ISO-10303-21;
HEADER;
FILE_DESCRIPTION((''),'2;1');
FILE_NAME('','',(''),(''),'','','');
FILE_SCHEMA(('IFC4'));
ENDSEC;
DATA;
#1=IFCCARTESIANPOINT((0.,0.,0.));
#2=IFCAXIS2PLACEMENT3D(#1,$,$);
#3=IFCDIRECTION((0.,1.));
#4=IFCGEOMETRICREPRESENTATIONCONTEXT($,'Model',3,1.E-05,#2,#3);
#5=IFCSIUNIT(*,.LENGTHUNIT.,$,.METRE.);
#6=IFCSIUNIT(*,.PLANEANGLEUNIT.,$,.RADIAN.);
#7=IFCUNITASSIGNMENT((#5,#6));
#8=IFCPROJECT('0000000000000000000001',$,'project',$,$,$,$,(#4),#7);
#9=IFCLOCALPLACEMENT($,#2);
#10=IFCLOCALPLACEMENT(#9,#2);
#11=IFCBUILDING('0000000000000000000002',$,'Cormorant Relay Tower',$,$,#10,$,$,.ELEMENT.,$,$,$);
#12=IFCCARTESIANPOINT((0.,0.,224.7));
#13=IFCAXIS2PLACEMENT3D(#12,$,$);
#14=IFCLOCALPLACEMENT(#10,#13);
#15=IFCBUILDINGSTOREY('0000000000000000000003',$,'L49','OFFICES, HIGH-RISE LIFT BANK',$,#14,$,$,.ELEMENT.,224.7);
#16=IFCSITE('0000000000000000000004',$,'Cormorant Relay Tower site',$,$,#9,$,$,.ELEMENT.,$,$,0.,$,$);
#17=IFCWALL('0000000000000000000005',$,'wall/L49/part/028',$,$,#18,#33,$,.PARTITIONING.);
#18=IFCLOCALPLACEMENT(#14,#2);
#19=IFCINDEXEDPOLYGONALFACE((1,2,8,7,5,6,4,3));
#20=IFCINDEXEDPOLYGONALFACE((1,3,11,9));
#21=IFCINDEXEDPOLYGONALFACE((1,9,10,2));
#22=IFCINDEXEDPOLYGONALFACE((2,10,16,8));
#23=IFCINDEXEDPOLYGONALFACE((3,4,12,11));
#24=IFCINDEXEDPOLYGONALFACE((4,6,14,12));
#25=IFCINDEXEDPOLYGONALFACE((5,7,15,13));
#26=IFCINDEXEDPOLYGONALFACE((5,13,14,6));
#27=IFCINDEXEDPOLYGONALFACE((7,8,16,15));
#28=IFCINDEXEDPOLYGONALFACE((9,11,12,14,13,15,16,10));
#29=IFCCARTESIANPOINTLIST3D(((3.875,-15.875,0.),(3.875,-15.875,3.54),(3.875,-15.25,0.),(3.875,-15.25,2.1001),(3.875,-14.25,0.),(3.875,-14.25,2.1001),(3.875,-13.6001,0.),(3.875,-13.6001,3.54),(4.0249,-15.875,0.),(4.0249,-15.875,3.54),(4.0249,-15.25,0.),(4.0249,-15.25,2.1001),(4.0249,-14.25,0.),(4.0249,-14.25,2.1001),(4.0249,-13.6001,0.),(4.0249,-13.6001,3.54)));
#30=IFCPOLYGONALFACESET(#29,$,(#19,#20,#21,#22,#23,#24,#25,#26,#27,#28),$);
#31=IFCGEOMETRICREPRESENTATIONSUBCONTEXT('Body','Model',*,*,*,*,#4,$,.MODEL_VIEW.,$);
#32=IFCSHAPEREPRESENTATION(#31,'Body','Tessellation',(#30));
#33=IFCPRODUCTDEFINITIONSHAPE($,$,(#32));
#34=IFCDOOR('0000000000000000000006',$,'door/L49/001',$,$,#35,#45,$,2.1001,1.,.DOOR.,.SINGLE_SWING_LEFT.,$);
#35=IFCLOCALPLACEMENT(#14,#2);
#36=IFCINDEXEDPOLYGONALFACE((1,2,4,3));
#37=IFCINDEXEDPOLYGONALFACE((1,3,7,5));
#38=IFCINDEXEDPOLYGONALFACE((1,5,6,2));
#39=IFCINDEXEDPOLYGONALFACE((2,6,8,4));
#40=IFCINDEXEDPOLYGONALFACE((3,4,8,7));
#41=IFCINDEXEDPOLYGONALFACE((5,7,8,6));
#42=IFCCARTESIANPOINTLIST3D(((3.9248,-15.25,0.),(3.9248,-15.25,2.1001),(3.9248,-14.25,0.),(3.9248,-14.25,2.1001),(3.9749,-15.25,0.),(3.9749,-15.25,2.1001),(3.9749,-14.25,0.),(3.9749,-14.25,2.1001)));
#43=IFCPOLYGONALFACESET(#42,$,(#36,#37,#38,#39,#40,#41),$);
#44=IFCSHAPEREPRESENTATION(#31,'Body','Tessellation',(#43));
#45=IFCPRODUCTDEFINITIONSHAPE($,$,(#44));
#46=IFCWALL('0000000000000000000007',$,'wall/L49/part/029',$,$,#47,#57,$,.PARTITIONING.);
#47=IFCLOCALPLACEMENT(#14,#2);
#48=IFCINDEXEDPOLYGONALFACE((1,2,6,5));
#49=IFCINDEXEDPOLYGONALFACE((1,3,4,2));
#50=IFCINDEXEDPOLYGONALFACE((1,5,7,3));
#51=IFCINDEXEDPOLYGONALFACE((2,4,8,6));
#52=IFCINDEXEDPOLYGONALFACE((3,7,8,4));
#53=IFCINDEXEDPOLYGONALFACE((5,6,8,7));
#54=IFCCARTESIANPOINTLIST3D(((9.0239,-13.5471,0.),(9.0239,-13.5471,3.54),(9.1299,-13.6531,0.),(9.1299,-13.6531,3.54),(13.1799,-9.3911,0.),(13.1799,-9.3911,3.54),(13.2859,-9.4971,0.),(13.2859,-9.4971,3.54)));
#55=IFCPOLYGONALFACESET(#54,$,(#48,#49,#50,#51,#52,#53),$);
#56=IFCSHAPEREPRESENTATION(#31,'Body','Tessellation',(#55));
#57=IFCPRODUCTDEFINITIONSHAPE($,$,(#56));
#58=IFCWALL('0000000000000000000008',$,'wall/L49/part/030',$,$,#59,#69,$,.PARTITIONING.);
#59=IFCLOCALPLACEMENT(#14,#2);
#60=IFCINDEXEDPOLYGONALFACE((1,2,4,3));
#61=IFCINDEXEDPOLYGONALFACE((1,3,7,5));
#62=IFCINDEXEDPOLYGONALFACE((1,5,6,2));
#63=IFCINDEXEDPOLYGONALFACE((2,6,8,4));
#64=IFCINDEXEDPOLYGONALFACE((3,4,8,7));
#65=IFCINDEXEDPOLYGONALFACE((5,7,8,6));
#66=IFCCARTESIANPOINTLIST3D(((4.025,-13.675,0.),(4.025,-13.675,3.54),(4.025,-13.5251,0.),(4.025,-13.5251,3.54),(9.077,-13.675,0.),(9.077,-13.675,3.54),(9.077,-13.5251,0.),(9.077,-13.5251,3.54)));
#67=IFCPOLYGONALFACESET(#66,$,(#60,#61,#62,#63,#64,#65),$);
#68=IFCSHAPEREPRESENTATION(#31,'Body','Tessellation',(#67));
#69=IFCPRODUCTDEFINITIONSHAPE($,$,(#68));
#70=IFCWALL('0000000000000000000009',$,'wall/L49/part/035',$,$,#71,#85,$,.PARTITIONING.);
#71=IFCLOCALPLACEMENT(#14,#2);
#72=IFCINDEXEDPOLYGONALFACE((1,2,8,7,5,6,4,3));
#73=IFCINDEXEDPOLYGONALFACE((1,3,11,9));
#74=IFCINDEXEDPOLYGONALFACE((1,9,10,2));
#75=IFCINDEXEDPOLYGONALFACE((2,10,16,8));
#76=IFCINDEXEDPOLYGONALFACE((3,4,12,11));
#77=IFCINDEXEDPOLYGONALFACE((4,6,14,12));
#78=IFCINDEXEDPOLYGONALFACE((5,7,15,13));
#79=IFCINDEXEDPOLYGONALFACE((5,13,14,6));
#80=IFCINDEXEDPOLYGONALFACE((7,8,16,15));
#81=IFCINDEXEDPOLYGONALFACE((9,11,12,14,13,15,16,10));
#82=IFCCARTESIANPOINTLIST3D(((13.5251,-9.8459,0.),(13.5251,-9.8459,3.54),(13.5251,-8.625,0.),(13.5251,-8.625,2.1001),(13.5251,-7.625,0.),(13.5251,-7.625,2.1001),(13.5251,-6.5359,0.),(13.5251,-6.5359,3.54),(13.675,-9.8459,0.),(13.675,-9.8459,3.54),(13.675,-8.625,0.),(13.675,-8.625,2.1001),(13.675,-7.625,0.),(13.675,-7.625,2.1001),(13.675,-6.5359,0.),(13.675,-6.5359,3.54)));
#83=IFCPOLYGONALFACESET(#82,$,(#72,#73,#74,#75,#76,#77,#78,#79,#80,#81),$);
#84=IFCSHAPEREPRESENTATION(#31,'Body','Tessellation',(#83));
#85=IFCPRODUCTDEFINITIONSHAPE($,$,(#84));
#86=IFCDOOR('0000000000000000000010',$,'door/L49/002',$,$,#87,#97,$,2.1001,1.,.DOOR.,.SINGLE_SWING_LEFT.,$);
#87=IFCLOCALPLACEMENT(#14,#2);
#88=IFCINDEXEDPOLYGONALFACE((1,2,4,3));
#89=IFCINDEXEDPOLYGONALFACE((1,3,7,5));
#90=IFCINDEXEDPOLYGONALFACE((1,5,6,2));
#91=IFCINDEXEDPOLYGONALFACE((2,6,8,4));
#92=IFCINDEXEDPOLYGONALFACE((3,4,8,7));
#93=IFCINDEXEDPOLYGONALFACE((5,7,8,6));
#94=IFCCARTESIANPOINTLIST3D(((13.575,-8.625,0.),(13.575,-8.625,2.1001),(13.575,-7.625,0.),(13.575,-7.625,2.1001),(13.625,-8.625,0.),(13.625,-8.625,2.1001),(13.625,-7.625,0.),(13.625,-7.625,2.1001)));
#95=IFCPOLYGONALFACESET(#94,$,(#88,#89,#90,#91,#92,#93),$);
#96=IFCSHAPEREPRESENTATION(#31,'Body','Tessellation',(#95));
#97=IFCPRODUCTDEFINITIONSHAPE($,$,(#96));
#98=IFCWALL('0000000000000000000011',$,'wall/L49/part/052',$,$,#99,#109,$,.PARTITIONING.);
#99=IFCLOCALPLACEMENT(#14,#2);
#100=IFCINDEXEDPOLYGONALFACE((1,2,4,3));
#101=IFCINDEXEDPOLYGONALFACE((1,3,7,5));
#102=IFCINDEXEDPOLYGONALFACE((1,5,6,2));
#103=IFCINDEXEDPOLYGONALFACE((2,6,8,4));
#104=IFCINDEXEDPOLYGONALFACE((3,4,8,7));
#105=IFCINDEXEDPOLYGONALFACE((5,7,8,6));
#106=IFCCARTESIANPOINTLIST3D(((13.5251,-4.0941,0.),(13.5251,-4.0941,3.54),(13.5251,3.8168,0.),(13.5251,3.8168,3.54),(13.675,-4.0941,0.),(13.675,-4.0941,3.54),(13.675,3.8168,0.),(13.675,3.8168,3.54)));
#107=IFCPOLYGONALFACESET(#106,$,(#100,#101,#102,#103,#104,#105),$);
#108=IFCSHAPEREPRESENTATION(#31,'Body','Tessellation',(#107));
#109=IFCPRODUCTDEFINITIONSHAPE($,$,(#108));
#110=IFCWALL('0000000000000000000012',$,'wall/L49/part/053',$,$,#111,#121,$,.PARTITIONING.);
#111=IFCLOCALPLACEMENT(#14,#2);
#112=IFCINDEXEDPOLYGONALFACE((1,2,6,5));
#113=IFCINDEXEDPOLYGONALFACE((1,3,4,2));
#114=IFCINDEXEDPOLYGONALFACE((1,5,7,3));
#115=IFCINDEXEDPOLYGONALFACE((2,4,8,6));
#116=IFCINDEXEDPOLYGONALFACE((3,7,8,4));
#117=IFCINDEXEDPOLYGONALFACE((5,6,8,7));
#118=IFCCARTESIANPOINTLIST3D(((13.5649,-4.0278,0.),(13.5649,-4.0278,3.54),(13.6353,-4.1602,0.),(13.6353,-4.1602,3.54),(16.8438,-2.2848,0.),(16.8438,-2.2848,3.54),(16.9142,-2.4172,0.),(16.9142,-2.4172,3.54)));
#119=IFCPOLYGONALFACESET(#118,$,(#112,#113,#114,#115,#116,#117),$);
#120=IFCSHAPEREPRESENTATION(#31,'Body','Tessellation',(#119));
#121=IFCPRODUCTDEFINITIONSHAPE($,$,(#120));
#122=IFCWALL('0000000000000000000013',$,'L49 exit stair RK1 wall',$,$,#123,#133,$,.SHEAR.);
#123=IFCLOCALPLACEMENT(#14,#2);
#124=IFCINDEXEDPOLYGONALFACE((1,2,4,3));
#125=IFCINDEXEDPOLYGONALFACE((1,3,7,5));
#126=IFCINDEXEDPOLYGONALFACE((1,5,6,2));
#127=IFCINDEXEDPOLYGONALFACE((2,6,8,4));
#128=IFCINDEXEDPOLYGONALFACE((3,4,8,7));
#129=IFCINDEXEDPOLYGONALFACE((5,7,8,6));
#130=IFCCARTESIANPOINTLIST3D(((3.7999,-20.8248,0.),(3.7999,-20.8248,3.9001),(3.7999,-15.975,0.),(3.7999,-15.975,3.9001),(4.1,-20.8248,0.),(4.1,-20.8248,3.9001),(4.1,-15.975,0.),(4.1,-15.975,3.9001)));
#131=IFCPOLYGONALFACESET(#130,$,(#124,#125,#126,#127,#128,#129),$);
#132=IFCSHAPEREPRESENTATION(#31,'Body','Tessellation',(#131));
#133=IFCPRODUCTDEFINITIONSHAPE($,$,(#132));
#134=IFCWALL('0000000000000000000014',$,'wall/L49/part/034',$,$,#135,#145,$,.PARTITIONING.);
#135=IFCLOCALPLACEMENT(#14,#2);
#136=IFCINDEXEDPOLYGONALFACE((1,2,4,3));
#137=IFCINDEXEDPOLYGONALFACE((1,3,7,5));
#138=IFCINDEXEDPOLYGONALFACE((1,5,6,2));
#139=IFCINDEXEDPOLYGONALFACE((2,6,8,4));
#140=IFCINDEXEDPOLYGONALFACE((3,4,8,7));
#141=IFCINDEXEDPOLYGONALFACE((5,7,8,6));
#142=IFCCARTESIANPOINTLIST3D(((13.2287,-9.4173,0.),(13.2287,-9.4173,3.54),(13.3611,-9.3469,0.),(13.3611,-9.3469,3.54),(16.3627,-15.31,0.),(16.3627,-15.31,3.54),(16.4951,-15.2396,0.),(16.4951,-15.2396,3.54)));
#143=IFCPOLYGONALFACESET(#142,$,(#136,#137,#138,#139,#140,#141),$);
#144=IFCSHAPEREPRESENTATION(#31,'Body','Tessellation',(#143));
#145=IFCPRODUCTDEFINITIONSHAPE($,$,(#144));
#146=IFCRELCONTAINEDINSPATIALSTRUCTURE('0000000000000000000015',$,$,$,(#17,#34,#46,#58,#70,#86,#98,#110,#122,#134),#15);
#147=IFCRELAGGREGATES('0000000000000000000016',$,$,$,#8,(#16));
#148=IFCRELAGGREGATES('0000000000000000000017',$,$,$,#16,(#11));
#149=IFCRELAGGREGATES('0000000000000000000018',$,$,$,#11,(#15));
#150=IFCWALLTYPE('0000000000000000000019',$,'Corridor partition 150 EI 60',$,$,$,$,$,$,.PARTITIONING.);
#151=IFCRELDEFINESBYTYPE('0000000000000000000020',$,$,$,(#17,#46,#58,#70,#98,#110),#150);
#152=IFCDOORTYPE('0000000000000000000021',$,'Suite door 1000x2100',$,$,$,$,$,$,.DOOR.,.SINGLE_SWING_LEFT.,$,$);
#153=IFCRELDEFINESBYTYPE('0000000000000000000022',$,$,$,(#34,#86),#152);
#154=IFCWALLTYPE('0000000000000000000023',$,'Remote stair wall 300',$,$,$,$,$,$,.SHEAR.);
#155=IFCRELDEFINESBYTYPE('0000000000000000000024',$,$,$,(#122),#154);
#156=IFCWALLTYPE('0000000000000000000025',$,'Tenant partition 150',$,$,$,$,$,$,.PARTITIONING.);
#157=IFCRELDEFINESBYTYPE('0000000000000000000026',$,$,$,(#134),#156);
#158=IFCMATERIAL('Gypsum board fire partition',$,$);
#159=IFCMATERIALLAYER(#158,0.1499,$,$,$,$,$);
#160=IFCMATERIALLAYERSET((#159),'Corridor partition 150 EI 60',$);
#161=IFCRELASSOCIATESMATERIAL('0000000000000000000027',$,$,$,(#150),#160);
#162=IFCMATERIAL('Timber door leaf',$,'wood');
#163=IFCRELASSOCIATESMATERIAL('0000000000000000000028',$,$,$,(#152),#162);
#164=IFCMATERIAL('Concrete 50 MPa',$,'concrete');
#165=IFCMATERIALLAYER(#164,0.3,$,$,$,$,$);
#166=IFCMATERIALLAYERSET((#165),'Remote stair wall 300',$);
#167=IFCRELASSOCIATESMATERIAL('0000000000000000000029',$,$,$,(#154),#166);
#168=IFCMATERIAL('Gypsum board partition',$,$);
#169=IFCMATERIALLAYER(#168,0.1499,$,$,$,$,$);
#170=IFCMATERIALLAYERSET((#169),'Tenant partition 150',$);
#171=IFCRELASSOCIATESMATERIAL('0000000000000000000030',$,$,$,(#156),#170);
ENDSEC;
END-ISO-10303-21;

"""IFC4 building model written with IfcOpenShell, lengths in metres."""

from ifc_helpers import new_model, si_unit, direction, frame, frame_2d, origin, place, context, subcontext, project, spatial, rectangle, extrude, material, layer, layer_set, type_object, element, fill, save


model = new_model("IFC4")

# Units and contexts
model_context = context("Model", 3, precision=1e-05, world=origin(), true_north=direction((0.0, 1.0)))
body_context = subcontext(model_context, "Body", "Model", "MODEL_VIEW")
ifc_project = project(units=[si_unit("LENGTHUNIT", "METRE"), si_unit("PLANEANGLEUNIT", "RADIAN")], contexts=[model_context])

# Site, building, storey
site_placement = place(None, origin())
site = spatial("IfcSite", under=ifc_project, at=site_placement, Name="Cormorant Relay Tower site", CompositionType="ELEMENT", RefElevation=0.0)
building_placement = place(site_placement, origin())
building = spatial("IfcBuilding", under=site, at=building_placement, Name="Cormorant Relay Tower", CompositionType="ELEMENT")
storey_placement = place(building_placement, frame((0.0, 0.0, 224.7)))
storey = spatial("IfcBuildingStorey", under=building, at=storey_placement, Name="L49", Description="OFFICES, HIGH-RISE LIFT BANK", CompositionType="ELEMENT", Elevation=224.7)

# Shared definitions
ifc_material_1 = material(Name="Gypsum board fire partition")
ifc_layer_1 = layer(ifc_material_1, 0.1499)
ifc_layer_set_1 = layer_set([ifc_layer_1], Name="Corridor partition 150 EI 60")
wall_type_1 = type_object("IfcWallType", Name="Corridor partition 150 EI 60", PredefinedType="PARTITIONING", material=ifc_layer_set_1)

# Wall, opening, door
wall_1_placement = place(storey_placement, frame((3.95, -13.6001, 0.0), z_axis=(0.0, 0.0, 1.0), x_axis=(0.0, -1.0, 0.0)))
wall_1 = element("IfcWall", 1, at=wall_1_placement, inside=storey, type_object=wall_type_1, Name="wall/L49/part/028", PredefinedType="PARTITIONING", context=body_context, shape_type="SweptSolid", body=[
    extrude(rectangle(XDim=2.2749, YDim=0.1499, at=frame_2d((1.1375, 0.0))), origin(), (0.0, 0.0, 1.0), 3.54),
])
opening_1_placement = place(wall_1_placement, frame((0.6499, 0.0, 0.0)))
opening_1 = element("IfcOpeningElement", 2, at=opening_1_placement, cuts=wall_1, PredefinedType="OPENING", context=body_context, shape_type="SweptSolid", body=[
    extrude(rectangle(XDim=1.0, YDim=2.1001, at=frame_2d((0.5, 1.05))), frame((0.0, 0.085, 0.0), z_axis=(0.0, -1.0, 0.0), x_axis=(1.0, 0.0, 0.0)), (0.0, 0.0, 1.0), 0.1699),
])
ifc_material_2 = material(Name="Timber door leaf", Category="wood")
door_type = type_object("IfcDoorType", Name="Suite door 1000x2100", OperationType="SINGLE_SWING_LEFT", PredefinedType="DOOR", material=ifc_material_2)
door_1_placement = place(opening_1_placement, origin())
door_1 = element("IfcDoor", 3, at=door_1_placement, inside=storey, type_object=door_type, Name="door/L49/001", OperationType="SINGLE_SWING_LEFT", OverallHeight=2.1001, OverallWidth=1.0, PredefinedType="DOOR", context=body_context, shape_type="SweptSolid", body=[
    extrude(rectangle(XDim=1.0, YDim=2.1001, at=frame_2d((0.5, 1.05))), frame((0.0, 0.0249, 0.0), z_axis=(0.0, -1.0, 0.0), x_axis=(1.0, 0.0, 0.0)), (0.0, 0.0, 1.0), 0.05),
])
fill(opening_1, door_1)

# Walls
wall_2_placement = place(storey_placement, frame((13.2329, -9.4441, 0.0), z_axis=(0.0, 0.0, 1.0), x_axis=(-0.707107, -0.707107, 0.0)))
element("IfcWall", 4, at=wall_2_placement, inside=storey, type_object=wall_type_1, Name="wall/L49/part/029", PredefinedType="PARTITIONING", context=body_context, shape_type="SweptSolid", body=[
    extrude(rectangle(XDim=5.8774, YDim=0.1499, at=frame_2d((2.9387, 0.0))), origin(), (0.0, 0.0, 1.0), 3.54),
])
wall_3_placement = place(storey_placement, frame((9.0769, -13.6001, 0.0), z_axis=(0.0, 0.0, 1.0), x_axis=(-1.0, 0.0, 0.0)))
element("IfcWall", 5, at=wall_3_placement, inside=storey, type_object=wall_type_1, Name="wall/L49/part/030", PredefinedType="PARTITIONING", context=body_context, shape_type="SweptSolid", body=[
    extrude(rectangle(XDim=5.052, YDim=0.1499, at=frame_2d((2.5259, 0.0))), origin(), (0.0, 0.0, 1.0), 3.54),
])

# Wall, opening, door
wall_4_placement = place(storey_placement, frame((13.6001, -6.5359, 0.0), z_axis=(0.0, 0.0, 1.0), x_axis=(0.0, -1.0, 0.0)))
wall_4 = element("IfcWall", 6, at=wall_4_placement, inside=storey, type_object=wall_type_1, Name="wall/L49/part/035", PredefinedType="PARTITIONING", context=body_context, shape_type="SweptSolid", body=[
    extrude(rectangle(XDim=3.3101, YDim=0.1499, at=frame_2d((1.655, 0.0))), origin(), (0.0, 0.0, 1.0), 3.54),
])
opening_2_placement = place(wall_4_placement, frame((1.0891, 0.0, 0.0)))
opening_2 = element("IfcOpeningElement", 7, at=opening_2_placement, cuts=wall_4, PredefinedType="OPENING", context=body_context, shape_type="SweptSolid", body=[
    extrude(rectangle(XDim=1.0, YDim=2.1001, at=frame_2d((0.5, 1.05))), frame((0.0, 0.085, 0.0), z_axis=(0.0, -1.0, 0.0), x_axis=(1.0, 0.0, 0.0)), (0.0, 0.0, 1.0), 0.1699),
])
door_2_placement = place(opening_2_placement, origin())
door_2 = element("IfcDoor", 8, at=door_2_placement, inside=storey, type_object=door_type, Name="door/L49/002", OperationType="SINGLE_SWING_LEFT", OverallHeight=2.1001, OverallWidth=1.0, PredefinedType="DOOR", context=body_context, shape_type="SweptSolid", body=[
    extrude(rectangle(XDim=1.0, YDim=2.1001, at=frame_2d((0.5, 1.05))), frame((0.0, 0.0249, 0.0), z_axis=(0.0, -1.0, 0.0), x_axis=(1.0, 0.0, 0.0)), (0.0, 0.0, 1.0), 0.05),
])
fill(opening_2, door_2)

# Walls
wall_5_placement = place(storey_placement, frame((13.6001, 3.8169, 0.0), z_axis=(0.0, 0.0, 1.0), x_axis=(0.0, -1.0, 0.0)))
element("IfcWall", 9, at=wall_5_placement, inside=storey, type_object=wall_type_1, Name="wall/L49/part/052", PredefinedType="PARTITIONING", context=body_context, shape_type="SweptSolid", body=[
    extrude(rectangle(XDim=7.9109, YDim=0.1499, at=frame_2d((3.9556, 0.0))), origin(), (0.0, 0.0, 1.0), 3.54),
])
wall_6_placement = place(storey_placement, frame((13.6001, -4.094, 0.0), z_axis=(0.0, 0.0, 1.0), x_axis=(0.882998, 0.469376, 0.0)))
element("IfcWall", 10, at=wall_6_placement, inside=storey, type_object=wall_type_1, Name="wall/L49/part/053", PredefinedType="PARTITIONING", context=body_context, shape_type="SweptSolid", body=[
    extrude(rectangle(XDim=3.7134, YDim=0.1499, at=frame_2d((1.8567, 0.0))), origin(), (0.0, 0.0, 1.0), 3.54),
])
ifc_material_3 = material(Name="Concrete 50 MPa", Category="concrete")
ifc_layer_2 = layer(ifc_material_3, 0.3)
ifc_layer_set_2 = layer_set([ifc_layer_2], Name="Remote stair wall 300")
wall_type_2 = type_object("IfcWallType", Name="Remote stair wall 300", PredefinedType="SHEAR", material=ifc_layer_set_2)
wall_7_placement = place(storey_placement, frame((3.95, -15.9751, 0.0), z_axis=(0.0, 0.0, 1.0), x_axis=(0.0, -1.0, 0.0)))
element("IfcWall", 11, at=wall_7_placement, inside=storey, type_object=wall_type_2, Name="L49 exit stair RK1 wall", PredefinedType="SHEAR", context=body_context, shape_type="SweptSolid", body=[
    extrude(rectangle(XDim=4.8499, YDim=0.3, at=frame_2d((2.4248, 0.0))), origin(), (0.0, 0.0, 1.0), 3.9001),
])
ifc_material_4 = material(Name="Gypsum board partition")
ifc_layer_3 = layer(ifc_material_4, 0.1499)
ifc_layer_set_3 = layer_set([ifc_layer_3], Name="Tenant partition 150")
wall_type_3 = type_object("IfcWallType", Name="Tenant partition 150", PredefinedType="PARTITIONING", material=ifc_layer_set_3)
wall_8_placement = place(storey_placement, frame((13.2949, -9.3821, 0.0), z_axis=(0.0, 0.0, 1.0), x_axis=(0.469561, -0.8829, 0.0)))
element("IfcWall", 12, at=wall_8_placement, inside=storey, type_object=wall_type_3, Name="wall/L49/part/034", PredefinedType="PARTITIONING", context=body_context, shape_type="SweptSolid", body=[
    extrude(rectangle(XDim=6.6743, YDim=0.1499, at=frame_2d((3.3372, 0.0))), origin(), (0.0, 0.0, 1.0), 3.54),
])

save(model, "model.ifc")
